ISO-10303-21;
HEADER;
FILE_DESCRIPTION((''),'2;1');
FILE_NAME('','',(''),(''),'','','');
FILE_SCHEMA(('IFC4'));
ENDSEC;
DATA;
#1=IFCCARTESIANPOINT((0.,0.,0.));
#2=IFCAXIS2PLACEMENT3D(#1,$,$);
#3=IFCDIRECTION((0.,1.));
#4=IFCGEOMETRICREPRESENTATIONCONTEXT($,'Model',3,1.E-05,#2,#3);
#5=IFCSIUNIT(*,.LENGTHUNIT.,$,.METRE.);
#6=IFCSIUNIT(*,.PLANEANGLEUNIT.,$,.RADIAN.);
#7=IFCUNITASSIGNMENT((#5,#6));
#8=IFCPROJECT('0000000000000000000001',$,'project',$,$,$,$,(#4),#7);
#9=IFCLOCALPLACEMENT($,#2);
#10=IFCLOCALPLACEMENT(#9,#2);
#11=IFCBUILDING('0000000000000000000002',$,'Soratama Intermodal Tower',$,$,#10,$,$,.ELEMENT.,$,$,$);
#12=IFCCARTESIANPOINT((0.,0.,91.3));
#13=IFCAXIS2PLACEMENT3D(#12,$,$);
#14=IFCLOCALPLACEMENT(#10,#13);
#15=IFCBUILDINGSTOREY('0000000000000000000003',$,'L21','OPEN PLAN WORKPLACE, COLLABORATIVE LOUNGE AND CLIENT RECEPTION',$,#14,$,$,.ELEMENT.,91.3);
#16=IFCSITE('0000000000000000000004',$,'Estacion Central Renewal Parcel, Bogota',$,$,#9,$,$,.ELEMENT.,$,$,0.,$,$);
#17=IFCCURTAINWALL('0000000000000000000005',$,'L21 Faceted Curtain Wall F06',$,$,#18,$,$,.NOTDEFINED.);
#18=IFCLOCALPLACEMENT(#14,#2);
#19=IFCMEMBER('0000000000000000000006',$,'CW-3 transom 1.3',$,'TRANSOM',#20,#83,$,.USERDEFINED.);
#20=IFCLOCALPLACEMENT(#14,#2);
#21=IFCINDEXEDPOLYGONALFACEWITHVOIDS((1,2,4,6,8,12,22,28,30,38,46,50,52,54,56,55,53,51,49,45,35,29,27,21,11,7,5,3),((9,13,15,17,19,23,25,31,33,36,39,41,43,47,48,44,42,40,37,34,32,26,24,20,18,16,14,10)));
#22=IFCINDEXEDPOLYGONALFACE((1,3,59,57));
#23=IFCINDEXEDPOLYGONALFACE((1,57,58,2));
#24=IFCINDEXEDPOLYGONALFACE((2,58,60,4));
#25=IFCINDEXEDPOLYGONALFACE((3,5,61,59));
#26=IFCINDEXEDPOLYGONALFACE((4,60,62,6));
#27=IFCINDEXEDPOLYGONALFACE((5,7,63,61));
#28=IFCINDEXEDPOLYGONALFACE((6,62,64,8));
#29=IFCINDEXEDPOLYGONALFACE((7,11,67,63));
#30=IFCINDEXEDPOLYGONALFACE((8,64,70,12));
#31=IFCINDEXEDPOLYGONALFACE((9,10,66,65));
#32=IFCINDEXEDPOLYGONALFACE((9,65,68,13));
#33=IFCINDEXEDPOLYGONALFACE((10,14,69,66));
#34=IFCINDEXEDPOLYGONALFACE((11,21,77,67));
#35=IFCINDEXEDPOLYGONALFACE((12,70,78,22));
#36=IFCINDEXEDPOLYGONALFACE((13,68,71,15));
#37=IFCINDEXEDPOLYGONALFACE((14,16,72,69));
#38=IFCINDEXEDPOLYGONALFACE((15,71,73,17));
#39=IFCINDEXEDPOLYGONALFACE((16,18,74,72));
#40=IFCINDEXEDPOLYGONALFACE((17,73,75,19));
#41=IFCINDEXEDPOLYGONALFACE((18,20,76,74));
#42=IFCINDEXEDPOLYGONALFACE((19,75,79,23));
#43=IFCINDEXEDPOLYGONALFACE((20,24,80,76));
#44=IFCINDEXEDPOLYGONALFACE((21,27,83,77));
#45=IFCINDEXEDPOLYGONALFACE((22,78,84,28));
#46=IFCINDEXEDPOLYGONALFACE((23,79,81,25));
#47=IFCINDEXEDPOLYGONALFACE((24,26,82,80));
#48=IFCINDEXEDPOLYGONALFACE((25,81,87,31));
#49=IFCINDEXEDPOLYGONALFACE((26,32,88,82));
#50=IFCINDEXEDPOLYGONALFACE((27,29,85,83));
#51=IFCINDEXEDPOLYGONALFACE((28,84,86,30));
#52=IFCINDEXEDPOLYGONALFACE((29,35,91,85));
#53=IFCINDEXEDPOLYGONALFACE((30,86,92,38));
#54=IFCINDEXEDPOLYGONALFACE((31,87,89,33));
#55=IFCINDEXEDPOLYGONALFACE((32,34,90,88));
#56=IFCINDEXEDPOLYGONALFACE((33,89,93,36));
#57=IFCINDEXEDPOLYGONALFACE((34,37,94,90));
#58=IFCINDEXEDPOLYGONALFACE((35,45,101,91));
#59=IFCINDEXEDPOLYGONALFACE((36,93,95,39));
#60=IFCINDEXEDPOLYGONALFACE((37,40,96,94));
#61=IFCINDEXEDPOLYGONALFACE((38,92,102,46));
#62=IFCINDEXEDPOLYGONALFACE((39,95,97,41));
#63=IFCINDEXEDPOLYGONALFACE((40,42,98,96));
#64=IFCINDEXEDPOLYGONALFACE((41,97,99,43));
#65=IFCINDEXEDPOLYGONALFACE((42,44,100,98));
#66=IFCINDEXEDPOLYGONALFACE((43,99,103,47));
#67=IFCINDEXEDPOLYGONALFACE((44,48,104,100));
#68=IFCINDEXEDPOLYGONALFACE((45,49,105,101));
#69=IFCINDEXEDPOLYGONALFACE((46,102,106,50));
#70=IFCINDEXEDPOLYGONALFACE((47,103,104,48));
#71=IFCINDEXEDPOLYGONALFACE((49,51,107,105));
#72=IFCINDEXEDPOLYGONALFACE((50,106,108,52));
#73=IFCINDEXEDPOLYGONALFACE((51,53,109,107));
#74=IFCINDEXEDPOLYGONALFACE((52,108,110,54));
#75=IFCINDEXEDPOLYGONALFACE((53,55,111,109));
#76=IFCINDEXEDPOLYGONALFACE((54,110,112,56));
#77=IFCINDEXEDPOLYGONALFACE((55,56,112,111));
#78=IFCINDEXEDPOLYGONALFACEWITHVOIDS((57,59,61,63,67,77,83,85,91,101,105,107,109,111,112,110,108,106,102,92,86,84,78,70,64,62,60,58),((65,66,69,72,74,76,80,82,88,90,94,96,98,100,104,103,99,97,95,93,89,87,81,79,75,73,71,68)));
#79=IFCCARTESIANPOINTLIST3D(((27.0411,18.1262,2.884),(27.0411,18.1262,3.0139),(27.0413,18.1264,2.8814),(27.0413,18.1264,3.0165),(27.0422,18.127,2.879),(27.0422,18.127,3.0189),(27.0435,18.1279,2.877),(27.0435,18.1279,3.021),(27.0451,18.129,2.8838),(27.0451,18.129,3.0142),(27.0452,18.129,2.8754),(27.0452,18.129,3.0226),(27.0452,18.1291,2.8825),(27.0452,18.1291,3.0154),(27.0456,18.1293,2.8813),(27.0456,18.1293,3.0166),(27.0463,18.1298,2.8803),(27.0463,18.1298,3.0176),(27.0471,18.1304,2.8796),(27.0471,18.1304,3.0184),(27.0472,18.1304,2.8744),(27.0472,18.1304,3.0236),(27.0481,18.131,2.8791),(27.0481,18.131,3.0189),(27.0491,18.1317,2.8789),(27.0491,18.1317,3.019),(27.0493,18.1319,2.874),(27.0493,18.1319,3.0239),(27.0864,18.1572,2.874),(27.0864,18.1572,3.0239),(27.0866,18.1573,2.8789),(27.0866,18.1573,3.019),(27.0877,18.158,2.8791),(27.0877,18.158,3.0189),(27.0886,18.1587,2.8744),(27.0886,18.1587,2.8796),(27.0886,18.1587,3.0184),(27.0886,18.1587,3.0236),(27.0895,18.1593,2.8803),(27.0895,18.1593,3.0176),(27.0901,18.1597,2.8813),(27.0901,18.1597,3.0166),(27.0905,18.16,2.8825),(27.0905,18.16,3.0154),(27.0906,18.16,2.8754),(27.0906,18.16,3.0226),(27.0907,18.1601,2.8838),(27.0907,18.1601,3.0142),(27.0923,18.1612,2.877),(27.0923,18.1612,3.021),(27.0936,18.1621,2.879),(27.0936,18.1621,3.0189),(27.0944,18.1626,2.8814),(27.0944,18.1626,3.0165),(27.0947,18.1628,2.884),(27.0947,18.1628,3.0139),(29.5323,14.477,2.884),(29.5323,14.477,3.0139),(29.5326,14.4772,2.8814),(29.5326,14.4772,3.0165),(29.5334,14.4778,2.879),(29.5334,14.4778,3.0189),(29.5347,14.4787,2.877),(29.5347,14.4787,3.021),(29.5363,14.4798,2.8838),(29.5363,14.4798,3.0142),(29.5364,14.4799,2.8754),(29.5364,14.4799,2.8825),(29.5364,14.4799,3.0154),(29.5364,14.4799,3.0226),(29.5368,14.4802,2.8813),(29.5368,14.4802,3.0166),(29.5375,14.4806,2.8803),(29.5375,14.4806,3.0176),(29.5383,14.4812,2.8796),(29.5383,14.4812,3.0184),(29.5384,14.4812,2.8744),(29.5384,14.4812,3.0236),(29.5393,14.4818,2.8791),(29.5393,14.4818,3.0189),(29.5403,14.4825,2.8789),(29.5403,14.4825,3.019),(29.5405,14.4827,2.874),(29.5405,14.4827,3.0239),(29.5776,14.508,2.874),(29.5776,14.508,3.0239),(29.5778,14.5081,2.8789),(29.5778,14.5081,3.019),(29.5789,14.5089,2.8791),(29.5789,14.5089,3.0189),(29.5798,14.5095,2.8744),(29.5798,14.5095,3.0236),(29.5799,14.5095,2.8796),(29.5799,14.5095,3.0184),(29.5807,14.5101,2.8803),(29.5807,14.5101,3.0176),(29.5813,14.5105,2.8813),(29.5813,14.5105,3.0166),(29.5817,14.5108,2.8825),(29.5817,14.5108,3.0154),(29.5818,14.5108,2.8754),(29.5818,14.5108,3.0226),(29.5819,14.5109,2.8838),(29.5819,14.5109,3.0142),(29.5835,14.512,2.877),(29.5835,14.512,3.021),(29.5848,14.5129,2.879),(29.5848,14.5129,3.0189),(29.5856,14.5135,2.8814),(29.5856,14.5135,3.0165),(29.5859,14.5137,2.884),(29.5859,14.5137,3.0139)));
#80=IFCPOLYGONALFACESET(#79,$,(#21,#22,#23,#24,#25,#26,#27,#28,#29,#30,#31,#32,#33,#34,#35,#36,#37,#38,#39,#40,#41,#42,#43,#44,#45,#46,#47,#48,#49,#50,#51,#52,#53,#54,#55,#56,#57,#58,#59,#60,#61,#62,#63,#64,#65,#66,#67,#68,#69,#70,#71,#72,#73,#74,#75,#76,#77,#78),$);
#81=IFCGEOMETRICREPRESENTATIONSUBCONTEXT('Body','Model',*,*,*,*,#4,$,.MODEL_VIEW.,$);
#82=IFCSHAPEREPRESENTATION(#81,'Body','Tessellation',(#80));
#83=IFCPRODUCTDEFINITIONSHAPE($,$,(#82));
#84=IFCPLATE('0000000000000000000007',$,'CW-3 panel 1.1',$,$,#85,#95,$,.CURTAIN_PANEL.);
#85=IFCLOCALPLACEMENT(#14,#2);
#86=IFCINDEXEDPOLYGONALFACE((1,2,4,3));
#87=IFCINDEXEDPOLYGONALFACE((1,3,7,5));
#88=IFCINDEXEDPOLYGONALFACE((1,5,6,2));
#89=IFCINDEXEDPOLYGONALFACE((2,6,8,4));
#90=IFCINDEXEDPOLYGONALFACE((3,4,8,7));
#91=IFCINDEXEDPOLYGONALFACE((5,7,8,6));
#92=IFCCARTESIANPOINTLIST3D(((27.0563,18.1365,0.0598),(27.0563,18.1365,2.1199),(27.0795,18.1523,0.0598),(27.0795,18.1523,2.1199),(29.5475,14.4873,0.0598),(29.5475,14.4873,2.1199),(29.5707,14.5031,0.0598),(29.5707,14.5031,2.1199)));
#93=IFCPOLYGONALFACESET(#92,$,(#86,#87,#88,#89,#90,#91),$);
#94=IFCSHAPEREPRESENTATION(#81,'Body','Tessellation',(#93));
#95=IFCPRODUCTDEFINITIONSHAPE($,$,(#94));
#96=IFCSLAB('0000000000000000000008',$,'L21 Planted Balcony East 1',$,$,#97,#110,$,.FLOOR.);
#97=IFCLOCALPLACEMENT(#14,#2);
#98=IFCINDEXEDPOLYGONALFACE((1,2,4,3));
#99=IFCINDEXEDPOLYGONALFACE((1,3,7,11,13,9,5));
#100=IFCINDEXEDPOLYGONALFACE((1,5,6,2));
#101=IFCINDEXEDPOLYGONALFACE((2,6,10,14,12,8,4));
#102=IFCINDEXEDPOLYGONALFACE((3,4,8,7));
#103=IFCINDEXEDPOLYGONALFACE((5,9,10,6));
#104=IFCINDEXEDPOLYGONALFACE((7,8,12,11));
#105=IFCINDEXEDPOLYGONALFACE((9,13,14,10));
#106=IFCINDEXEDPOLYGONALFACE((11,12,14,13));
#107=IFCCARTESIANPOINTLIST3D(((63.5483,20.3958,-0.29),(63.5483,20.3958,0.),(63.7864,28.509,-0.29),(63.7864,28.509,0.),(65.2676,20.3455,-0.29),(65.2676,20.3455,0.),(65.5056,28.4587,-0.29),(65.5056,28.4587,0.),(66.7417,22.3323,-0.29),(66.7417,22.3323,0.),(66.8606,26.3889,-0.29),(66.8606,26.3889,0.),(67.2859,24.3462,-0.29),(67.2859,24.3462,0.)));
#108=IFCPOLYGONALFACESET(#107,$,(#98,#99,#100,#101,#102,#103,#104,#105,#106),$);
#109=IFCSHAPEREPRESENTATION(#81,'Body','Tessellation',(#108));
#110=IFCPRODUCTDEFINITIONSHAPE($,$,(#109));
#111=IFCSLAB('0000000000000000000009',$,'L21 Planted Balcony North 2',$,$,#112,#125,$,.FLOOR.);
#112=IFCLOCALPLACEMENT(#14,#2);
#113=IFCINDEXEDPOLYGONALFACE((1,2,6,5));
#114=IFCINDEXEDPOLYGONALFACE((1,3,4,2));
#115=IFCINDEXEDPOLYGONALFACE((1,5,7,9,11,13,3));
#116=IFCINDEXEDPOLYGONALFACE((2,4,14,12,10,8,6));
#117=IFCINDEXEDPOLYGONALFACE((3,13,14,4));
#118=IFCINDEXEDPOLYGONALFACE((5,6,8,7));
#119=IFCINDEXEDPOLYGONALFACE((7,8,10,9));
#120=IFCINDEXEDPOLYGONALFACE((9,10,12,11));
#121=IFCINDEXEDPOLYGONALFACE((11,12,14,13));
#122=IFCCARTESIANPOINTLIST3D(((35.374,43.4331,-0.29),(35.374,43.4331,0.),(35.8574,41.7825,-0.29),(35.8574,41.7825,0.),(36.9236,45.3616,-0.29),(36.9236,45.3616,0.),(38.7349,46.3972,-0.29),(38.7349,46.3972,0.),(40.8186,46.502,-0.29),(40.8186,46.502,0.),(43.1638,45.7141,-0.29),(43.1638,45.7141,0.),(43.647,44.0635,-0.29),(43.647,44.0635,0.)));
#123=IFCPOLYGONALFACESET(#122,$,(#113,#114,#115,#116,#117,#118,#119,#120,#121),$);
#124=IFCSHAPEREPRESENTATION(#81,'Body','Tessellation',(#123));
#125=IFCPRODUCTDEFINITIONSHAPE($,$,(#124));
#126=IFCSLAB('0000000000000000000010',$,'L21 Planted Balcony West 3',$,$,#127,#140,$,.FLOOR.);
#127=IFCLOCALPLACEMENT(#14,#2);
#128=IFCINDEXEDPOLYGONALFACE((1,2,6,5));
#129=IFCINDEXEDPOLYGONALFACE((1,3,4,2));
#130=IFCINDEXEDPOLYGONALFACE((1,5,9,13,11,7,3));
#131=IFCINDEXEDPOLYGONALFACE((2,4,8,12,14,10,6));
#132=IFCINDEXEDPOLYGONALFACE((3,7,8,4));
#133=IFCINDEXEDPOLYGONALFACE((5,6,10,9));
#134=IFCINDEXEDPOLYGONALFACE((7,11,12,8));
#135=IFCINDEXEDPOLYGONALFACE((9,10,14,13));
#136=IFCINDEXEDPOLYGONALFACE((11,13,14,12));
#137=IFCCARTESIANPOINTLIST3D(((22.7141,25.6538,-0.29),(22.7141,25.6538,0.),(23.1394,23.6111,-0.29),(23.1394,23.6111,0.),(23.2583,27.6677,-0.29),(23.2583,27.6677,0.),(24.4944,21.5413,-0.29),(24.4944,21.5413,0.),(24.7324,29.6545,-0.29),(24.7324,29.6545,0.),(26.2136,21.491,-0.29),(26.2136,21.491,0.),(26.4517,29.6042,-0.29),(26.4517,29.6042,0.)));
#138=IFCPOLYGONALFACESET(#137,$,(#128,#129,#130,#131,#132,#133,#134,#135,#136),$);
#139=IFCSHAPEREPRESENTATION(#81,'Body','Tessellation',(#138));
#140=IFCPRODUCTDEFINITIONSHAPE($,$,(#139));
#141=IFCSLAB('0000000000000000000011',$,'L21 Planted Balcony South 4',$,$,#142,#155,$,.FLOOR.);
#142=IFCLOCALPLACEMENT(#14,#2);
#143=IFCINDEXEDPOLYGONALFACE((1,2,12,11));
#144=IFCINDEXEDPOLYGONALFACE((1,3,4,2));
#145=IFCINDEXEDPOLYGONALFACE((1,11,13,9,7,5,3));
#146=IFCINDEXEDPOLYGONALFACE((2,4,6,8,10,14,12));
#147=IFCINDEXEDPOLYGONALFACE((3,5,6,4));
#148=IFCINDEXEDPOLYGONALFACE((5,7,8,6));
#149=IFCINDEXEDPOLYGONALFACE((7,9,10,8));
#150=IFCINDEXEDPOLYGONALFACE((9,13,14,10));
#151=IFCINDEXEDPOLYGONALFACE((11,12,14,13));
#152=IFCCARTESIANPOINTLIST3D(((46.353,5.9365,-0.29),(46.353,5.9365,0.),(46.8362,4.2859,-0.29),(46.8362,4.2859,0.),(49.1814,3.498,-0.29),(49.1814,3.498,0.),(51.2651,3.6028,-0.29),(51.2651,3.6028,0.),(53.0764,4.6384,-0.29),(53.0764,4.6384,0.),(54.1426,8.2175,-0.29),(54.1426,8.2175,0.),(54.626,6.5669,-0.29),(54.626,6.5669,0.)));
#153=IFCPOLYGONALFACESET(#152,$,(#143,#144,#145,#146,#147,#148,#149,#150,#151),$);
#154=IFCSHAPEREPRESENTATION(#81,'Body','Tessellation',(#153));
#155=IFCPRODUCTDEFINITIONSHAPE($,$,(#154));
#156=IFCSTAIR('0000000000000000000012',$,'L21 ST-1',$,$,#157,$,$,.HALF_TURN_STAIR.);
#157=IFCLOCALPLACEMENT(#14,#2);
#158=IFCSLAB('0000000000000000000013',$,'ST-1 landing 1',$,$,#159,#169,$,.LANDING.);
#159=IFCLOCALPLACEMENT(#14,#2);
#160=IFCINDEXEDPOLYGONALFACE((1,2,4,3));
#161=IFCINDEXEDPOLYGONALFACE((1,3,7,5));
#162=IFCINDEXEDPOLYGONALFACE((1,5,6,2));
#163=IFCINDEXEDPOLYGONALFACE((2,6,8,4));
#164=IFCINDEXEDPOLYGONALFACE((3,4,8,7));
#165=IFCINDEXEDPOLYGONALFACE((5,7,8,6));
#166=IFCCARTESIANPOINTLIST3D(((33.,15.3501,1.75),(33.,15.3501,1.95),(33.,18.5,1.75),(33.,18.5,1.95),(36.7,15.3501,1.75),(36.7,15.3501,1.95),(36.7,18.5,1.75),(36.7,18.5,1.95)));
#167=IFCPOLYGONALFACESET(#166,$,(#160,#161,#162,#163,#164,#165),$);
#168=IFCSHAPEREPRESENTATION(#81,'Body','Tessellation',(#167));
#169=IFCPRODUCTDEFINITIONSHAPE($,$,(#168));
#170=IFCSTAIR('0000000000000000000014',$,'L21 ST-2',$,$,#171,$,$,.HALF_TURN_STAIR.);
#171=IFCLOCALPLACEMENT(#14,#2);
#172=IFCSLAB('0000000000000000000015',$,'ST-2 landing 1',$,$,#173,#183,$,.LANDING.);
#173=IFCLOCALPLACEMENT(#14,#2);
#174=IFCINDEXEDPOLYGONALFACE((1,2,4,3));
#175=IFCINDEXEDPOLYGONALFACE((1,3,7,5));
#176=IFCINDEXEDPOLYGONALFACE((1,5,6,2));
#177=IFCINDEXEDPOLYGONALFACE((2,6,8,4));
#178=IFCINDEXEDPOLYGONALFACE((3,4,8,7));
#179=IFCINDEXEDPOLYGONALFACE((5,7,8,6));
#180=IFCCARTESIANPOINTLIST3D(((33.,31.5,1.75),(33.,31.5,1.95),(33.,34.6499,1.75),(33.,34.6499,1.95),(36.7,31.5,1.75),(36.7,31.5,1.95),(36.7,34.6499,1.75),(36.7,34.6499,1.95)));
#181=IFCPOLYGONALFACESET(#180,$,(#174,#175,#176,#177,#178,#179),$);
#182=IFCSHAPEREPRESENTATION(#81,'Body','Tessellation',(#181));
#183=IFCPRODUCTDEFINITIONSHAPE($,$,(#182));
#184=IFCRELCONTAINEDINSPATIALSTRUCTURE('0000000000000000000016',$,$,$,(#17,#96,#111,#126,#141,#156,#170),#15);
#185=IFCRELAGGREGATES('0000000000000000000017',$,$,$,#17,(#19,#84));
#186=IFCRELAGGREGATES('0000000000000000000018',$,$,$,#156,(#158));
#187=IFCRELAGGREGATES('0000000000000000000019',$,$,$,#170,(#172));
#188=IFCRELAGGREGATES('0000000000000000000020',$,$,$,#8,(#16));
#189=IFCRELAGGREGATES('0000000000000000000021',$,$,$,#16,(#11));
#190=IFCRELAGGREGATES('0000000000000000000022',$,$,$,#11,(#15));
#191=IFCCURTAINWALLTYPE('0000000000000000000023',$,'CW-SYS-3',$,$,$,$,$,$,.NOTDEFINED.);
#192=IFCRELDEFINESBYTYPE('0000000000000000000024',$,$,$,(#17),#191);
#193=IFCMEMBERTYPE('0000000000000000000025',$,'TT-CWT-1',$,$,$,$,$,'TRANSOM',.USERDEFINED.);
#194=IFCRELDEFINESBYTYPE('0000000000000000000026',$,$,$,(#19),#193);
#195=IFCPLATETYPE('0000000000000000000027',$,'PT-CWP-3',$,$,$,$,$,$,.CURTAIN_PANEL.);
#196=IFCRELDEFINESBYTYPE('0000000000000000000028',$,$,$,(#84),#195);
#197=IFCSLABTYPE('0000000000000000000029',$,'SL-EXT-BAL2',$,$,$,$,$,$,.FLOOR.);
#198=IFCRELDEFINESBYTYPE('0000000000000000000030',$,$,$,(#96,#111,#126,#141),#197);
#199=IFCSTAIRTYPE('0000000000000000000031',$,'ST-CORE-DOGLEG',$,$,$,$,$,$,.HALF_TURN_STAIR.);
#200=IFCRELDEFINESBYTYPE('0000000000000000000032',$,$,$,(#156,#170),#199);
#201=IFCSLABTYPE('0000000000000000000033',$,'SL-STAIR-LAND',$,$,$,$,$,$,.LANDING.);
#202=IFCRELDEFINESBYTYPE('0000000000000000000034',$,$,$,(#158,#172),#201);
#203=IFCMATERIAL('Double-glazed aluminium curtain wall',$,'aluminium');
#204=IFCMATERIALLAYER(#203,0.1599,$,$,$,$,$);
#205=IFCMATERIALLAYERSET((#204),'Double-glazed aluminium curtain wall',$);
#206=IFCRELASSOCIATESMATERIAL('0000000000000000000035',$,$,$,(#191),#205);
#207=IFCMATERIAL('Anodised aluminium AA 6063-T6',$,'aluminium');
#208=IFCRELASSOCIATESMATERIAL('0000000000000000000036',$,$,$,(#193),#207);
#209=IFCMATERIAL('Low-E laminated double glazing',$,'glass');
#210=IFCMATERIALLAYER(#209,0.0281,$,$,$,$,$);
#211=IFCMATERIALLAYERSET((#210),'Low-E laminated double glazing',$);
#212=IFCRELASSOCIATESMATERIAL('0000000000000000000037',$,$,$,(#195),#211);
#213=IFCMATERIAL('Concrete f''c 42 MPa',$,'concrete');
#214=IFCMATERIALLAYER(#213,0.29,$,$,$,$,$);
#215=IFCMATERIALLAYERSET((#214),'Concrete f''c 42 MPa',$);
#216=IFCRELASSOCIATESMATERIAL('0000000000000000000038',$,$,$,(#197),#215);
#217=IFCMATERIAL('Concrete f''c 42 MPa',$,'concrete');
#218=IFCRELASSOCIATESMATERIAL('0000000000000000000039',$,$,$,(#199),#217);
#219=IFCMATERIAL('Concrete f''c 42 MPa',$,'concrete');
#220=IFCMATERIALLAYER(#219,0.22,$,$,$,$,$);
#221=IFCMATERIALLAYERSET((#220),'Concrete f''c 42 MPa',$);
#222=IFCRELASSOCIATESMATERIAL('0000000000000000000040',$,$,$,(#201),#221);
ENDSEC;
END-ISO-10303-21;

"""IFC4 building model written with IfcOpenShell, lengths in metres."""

from ifc_helpers import new_model, si_unit, direction, frame, origin, origin_2d, place, context, subcontext, project, spatial, polyline, rectangle, hollow_rectangle, outline, extrude, material, layer, layer_set, material_profile, profile_set, type_object, element, aggregate, save


model = new_model("IFC4")

# Units and contexts
model_context = context("Model", 3, precision=1e-05, world=origin(), true_north=direction((0.0, 1.0)))
body_context = subcontext(model_context, "Body", "Model", "MODEL_VIEW")
ifc_project = project(units=[si_unit("LENGTHUNIT", "METRE"), si_unit("PLANEANGLEUNIT", "RADIAN")], contexts=[model_context])

# Site, building, storey
site_placement = place(None, origin())
site = spatial("IfcSite", under=ifc_project, at=site_placement, Name="Estacion Central Renewal Parcel, Bogota", CompositionType="ELEMENT", RefElevation=0.0)
building_placement = place(site_placement, origin())
building = spatial("IfcBuilding", under=site, at=building_placement, Name="Soratama Intermodal Tower", CompositionType="ELEMENT")
storey_placement = place(building_placement, frame((0.0, 0.0, 91.3)))
storey = spatial("IfcBuildingStorey", under=building, at=storey_placement, Name="L21", Description="OPEN PLAN WORKPLACE, COLLABORATIVE LOUNGE AND CLIENT RECEPTION", CompositionType="ELEMENT", Elevation=91.3)

# Curtain wall, member, plate
ifc_material_1 = material(Name="Double-glazed aluminium curtain wall", Category="aluminium")
ifc_layer_1 = layer(ifc_material_1, 0.1599)
ifc_layer_set_1 = layer_set([ifc_layer_1], Name="Double-glazed aluminium curtain wall")
curtain_wall_type = type_object("IfcCurtainWallType", Name="CW-SYS-3", PredefinedType="NOTDEFINED", material=ifc_layer_set_1)
curtain_wall_placement = place(storey_placement, origin())
curtain_wall = element("IfcCurtainWall", 1, at=curtain_wall_placement, inside=storey, type_object=curtain_wall_type, Name="L21 Faceted Curtain Wall F06", PredefinedType="NOTDEFINED")
ifc_material_2 = material(Name="Anodised aluminium AA 6063-T6", Category="aluminium")
ifc_material_profile_1 = material_profile(ifc_material_2, hollow_rectangle(XDim=0.0649, YDim=0.1499, WallThickness=0.0049, InnerFilletRadius=0.0049, OuterFilletRadius=0.01, at=origin_2d()), Name="CWT150X65X5")
ifc_profile_set_1 = profile_set([ifc_material_profile_1], Name="Anodised aluminium AA 6063-T6")
member_type_1 = type_object("IfcMemberType", Name="TT-CWT-1", ElementType="TRANSOM", PredefinedType="USERDEFINED", material=ifc_profile_set_1)
member_1_placement = place(storey_placement, frame((27.0679, 18.1445, 2.949), z_axis=(0.563822, -0.825896, 0.0), x_axis=(0.825896, 0.563822, 0.0)))
member_1 = element("IfcMember", 2, at=member_1_placement, type_object=member_type_1, Name="CW-3 transom 1.3", ObjectType="TRANSOM", PredefinedType="USERDEFINED", context=body_context, shape_type="SweptSolid", body=[
    extrude(hollow_rectangle(XDim=0.0649, YDim=0.1499, WallThickness=0.0049, InnerFilletRadius=0.0049, OuterFilletRadius=0.01, at=origin_2d()), origin(), (0.0, 0.0, 1.0), 4.4185),
])
ifc_material_3 = material(Name="Low-E laminated double glazing", Category="glass")
ifc_layer_2 = layer(ifc_material_3, 0.0281)
ifc_layer_set_2 = layer_set([ifc_layer_2], Name="Low-E laminated double glazing")
plate_type = type_object("IfcPlateType", Name="PT-CWP-3", PredefinedType="CURTAIN_PANEL", material=ifc_layer_set_2)
plate_placement = place(storey_placement, frame((28.3135, 16.3198, 0.0598), z_axis=(0.0, 0.0, 1.0), x_axis=(0.563814, -0.825902, 0.0)))
plate = element("IfcPlate", 3, at=plate_placement, type_object=plate_type, Name="CW-3 panel 1.1", PredefinedType="CURTAIN_PANEL", context=body_context, shape_type="SweptSolid", body=[
    extrude(rectangle(XDim=4.4185, YDim=0.0281, at=origin_2d()), origin(), (0.0, 0.0, 1.0), 2.0601),
])
aggregate(curtain_wall, [member_1, plate])

# Slabs
ifc_material_4 = material(Name="Concrete f'c 42 MPa", Category="concrete")
ifc_layer_3 = layer(ifc_material_4, 0.29)
ifc_layer_set_3 = layer_set([ifc_layer_3], Name="Concrete f'c 42 MPa")
slab_type_1 = type_object("IfcSlabType", Name="SL-EXT-BAL2", PredefinedType="FLOOR", material=ifc_layer_set_3)
slab_1_placement = place(storey_placement, frame((0.0, 0.0, -0.29)))
element("IfcSlab", 4, at=slab_1_placement, inside=storey, type_object=slab_type_1, Name="L21 Planted Balcony East 1", PredefinedType="FLOOR", context=body_context, shape_type="SweptSolid", body=[
    extrude(outline(polyline([(63.5483, 20.3958), (63.7864, 28.509), (65.5056, 28.4587), (66.8606, 26.3889), (67.2859, 24.3462), (66.7417, 22.3323), (65.2676, 20.3455), (63.5483, 20.3958)])), origin(), (0.0, 0.0, 1.0), 0.29),
])
slab_2_placement = place(storey_placement, frame((0.0, 0.0, -0.29)))
element("IfcSlab", 5, at=slab_2_placement, inside=storey, type_object=slab_type_1, Name="L21 Planted Balcony North 2", PredefinedType="FLOOR", context=body_context, shape_type="SweptSolid", body=[
    extrude(outline(polyline([(43.647, 44.0635), (35.8574, 41.7825), (35.374, 43.4331), (36.9236, 45.3616), (38.7349, 46.3972), (40.8186, 46.502), (43.1638, 45.7141), (43.647, 44.0635)])), origin(), (0.0, 0.0, 1.0), 0.29),
])
slab_3_placement = place(storey_placement, frame((0.0, 0.0, -0.29)))
element("IfcSlab", 6, at=slab_3_placement, inside=storey, type_object=slab_type_1, Name="L21 Planted Balcony West 3", PredefinedType="FLOOR", context=body_context, shape_type="SweptSolid", body=[
    extrude(outline(polyline([(26.4517, 29.6042), (26.2136, 21.491), (24.4944, 21.5413), (23.1394, 23.6111), (22.7141, 25.6538), (23.2583, 27.6677), (24.7324, 29.6545), (26.4517, 29.6042)])), origin(), (0.0, 0.0, 1.0), 0.29),
])
slab_4_placement = place(storey_placement, frame((0.0, 0.0, -0.29)))
element("IfcSlab", 7, at=slab_4_placement, inside=storey, type_object=slab_type_1, Name="L21 Planted Balcony South 4", PredefinedType="FLOOR", context=body_context, shape_type="SweptSolid", body=[
    extrude(outline(polyline([(46.353, 5.9365), (54.1426, 8.2175), (54.626, 6.5669), (53.0764, 4.6384), (51.2651, 3.6028), (49.1814, 3.498), (46.8362, 4.2859), (46.353, 5.9365)])), origin(), (0.0, 0.0, 1.0), 0.29),
])

# Stairs, slabs
ifc_material_5 = material(Name="Concrete f'c 42 MPa", Category="concrete")
stair_type = type_object("IfcStairType", Name="ST-CORE-DOGLEG", PredefinedType="HALF_TURN_STAIR", material=ifc_material_5)
stair_1_placement = place(storey_placement, origin())
stair_1 = element("IfcStair", 8, at=stair_1_placement, inside=storey, type_object=stair_type, Name="L21 ST-1", PredefinedType="HALF_TURN_STAIR")
ifc_material_6 = material(Name="Concrete f'c 42 MPa", Category="concrete")
ifc_layer_4 = layer(ifc_material_6, 0.22)
ifc_layer_set_4 = layer_set([ifc_layer_4], Name="Concrete f'c 42 MPa")
slab_type_2 = type_object("IfcSlabType", Name="SL-STAIR-LAND", PredefinedType="LANDING", material=ifc_layer_set_4)
slab_5_placement = place(storey_placement, frame((0.0, 0.0, 1.75)))
slab_5 = element("IfcSlab", 9, at=slab_5_placement, type_object=slab_type_2, Name="ST-1 landing 1", PredefinedType="LANDING", context=body_context, shape_type="SweptSolid", body=[
    extrude(outline(polyline([(36.7, 18.5), (33.0, 18.5), (33.0, 15.3501), (36.7, 15.3501), (36.7, 18.5)])), origin(), (0.0, 0.0, 1.0), 0.2),
])
aggregate(stair_1, [slab_5])
stair_2_placement = place(storey_placement, origin())
stair_2 = element("IfcStair", 10, at=stair_2_placement, inside=storey, type_object=stair_type, Name="L21 ST-2", PredefinedType="HALF_TURN_STAIR")
slab_6_placement = place(storey_placement, frame((0.0, 0.0, 1.75)))
slab_6 = element("IfcSlab", 11, at=slab_6_placement, type_object=slab_type_2, Name="ST-2 landing 1", PredefinedType="LANDING", context=body_context, shape_type="SweptSolid", body=[
    extrude(outline(polyline([(36.7, 34.6499), (33.0, 34.6499), (33.0, 31.5), (36.7, 31.5), (36.7, 34.6499)])), origin(), (0.0, 0.0, 1.0), 0.2),
])
aggregate(stair_2, [slab_6])

save(model, "model.ifc")
